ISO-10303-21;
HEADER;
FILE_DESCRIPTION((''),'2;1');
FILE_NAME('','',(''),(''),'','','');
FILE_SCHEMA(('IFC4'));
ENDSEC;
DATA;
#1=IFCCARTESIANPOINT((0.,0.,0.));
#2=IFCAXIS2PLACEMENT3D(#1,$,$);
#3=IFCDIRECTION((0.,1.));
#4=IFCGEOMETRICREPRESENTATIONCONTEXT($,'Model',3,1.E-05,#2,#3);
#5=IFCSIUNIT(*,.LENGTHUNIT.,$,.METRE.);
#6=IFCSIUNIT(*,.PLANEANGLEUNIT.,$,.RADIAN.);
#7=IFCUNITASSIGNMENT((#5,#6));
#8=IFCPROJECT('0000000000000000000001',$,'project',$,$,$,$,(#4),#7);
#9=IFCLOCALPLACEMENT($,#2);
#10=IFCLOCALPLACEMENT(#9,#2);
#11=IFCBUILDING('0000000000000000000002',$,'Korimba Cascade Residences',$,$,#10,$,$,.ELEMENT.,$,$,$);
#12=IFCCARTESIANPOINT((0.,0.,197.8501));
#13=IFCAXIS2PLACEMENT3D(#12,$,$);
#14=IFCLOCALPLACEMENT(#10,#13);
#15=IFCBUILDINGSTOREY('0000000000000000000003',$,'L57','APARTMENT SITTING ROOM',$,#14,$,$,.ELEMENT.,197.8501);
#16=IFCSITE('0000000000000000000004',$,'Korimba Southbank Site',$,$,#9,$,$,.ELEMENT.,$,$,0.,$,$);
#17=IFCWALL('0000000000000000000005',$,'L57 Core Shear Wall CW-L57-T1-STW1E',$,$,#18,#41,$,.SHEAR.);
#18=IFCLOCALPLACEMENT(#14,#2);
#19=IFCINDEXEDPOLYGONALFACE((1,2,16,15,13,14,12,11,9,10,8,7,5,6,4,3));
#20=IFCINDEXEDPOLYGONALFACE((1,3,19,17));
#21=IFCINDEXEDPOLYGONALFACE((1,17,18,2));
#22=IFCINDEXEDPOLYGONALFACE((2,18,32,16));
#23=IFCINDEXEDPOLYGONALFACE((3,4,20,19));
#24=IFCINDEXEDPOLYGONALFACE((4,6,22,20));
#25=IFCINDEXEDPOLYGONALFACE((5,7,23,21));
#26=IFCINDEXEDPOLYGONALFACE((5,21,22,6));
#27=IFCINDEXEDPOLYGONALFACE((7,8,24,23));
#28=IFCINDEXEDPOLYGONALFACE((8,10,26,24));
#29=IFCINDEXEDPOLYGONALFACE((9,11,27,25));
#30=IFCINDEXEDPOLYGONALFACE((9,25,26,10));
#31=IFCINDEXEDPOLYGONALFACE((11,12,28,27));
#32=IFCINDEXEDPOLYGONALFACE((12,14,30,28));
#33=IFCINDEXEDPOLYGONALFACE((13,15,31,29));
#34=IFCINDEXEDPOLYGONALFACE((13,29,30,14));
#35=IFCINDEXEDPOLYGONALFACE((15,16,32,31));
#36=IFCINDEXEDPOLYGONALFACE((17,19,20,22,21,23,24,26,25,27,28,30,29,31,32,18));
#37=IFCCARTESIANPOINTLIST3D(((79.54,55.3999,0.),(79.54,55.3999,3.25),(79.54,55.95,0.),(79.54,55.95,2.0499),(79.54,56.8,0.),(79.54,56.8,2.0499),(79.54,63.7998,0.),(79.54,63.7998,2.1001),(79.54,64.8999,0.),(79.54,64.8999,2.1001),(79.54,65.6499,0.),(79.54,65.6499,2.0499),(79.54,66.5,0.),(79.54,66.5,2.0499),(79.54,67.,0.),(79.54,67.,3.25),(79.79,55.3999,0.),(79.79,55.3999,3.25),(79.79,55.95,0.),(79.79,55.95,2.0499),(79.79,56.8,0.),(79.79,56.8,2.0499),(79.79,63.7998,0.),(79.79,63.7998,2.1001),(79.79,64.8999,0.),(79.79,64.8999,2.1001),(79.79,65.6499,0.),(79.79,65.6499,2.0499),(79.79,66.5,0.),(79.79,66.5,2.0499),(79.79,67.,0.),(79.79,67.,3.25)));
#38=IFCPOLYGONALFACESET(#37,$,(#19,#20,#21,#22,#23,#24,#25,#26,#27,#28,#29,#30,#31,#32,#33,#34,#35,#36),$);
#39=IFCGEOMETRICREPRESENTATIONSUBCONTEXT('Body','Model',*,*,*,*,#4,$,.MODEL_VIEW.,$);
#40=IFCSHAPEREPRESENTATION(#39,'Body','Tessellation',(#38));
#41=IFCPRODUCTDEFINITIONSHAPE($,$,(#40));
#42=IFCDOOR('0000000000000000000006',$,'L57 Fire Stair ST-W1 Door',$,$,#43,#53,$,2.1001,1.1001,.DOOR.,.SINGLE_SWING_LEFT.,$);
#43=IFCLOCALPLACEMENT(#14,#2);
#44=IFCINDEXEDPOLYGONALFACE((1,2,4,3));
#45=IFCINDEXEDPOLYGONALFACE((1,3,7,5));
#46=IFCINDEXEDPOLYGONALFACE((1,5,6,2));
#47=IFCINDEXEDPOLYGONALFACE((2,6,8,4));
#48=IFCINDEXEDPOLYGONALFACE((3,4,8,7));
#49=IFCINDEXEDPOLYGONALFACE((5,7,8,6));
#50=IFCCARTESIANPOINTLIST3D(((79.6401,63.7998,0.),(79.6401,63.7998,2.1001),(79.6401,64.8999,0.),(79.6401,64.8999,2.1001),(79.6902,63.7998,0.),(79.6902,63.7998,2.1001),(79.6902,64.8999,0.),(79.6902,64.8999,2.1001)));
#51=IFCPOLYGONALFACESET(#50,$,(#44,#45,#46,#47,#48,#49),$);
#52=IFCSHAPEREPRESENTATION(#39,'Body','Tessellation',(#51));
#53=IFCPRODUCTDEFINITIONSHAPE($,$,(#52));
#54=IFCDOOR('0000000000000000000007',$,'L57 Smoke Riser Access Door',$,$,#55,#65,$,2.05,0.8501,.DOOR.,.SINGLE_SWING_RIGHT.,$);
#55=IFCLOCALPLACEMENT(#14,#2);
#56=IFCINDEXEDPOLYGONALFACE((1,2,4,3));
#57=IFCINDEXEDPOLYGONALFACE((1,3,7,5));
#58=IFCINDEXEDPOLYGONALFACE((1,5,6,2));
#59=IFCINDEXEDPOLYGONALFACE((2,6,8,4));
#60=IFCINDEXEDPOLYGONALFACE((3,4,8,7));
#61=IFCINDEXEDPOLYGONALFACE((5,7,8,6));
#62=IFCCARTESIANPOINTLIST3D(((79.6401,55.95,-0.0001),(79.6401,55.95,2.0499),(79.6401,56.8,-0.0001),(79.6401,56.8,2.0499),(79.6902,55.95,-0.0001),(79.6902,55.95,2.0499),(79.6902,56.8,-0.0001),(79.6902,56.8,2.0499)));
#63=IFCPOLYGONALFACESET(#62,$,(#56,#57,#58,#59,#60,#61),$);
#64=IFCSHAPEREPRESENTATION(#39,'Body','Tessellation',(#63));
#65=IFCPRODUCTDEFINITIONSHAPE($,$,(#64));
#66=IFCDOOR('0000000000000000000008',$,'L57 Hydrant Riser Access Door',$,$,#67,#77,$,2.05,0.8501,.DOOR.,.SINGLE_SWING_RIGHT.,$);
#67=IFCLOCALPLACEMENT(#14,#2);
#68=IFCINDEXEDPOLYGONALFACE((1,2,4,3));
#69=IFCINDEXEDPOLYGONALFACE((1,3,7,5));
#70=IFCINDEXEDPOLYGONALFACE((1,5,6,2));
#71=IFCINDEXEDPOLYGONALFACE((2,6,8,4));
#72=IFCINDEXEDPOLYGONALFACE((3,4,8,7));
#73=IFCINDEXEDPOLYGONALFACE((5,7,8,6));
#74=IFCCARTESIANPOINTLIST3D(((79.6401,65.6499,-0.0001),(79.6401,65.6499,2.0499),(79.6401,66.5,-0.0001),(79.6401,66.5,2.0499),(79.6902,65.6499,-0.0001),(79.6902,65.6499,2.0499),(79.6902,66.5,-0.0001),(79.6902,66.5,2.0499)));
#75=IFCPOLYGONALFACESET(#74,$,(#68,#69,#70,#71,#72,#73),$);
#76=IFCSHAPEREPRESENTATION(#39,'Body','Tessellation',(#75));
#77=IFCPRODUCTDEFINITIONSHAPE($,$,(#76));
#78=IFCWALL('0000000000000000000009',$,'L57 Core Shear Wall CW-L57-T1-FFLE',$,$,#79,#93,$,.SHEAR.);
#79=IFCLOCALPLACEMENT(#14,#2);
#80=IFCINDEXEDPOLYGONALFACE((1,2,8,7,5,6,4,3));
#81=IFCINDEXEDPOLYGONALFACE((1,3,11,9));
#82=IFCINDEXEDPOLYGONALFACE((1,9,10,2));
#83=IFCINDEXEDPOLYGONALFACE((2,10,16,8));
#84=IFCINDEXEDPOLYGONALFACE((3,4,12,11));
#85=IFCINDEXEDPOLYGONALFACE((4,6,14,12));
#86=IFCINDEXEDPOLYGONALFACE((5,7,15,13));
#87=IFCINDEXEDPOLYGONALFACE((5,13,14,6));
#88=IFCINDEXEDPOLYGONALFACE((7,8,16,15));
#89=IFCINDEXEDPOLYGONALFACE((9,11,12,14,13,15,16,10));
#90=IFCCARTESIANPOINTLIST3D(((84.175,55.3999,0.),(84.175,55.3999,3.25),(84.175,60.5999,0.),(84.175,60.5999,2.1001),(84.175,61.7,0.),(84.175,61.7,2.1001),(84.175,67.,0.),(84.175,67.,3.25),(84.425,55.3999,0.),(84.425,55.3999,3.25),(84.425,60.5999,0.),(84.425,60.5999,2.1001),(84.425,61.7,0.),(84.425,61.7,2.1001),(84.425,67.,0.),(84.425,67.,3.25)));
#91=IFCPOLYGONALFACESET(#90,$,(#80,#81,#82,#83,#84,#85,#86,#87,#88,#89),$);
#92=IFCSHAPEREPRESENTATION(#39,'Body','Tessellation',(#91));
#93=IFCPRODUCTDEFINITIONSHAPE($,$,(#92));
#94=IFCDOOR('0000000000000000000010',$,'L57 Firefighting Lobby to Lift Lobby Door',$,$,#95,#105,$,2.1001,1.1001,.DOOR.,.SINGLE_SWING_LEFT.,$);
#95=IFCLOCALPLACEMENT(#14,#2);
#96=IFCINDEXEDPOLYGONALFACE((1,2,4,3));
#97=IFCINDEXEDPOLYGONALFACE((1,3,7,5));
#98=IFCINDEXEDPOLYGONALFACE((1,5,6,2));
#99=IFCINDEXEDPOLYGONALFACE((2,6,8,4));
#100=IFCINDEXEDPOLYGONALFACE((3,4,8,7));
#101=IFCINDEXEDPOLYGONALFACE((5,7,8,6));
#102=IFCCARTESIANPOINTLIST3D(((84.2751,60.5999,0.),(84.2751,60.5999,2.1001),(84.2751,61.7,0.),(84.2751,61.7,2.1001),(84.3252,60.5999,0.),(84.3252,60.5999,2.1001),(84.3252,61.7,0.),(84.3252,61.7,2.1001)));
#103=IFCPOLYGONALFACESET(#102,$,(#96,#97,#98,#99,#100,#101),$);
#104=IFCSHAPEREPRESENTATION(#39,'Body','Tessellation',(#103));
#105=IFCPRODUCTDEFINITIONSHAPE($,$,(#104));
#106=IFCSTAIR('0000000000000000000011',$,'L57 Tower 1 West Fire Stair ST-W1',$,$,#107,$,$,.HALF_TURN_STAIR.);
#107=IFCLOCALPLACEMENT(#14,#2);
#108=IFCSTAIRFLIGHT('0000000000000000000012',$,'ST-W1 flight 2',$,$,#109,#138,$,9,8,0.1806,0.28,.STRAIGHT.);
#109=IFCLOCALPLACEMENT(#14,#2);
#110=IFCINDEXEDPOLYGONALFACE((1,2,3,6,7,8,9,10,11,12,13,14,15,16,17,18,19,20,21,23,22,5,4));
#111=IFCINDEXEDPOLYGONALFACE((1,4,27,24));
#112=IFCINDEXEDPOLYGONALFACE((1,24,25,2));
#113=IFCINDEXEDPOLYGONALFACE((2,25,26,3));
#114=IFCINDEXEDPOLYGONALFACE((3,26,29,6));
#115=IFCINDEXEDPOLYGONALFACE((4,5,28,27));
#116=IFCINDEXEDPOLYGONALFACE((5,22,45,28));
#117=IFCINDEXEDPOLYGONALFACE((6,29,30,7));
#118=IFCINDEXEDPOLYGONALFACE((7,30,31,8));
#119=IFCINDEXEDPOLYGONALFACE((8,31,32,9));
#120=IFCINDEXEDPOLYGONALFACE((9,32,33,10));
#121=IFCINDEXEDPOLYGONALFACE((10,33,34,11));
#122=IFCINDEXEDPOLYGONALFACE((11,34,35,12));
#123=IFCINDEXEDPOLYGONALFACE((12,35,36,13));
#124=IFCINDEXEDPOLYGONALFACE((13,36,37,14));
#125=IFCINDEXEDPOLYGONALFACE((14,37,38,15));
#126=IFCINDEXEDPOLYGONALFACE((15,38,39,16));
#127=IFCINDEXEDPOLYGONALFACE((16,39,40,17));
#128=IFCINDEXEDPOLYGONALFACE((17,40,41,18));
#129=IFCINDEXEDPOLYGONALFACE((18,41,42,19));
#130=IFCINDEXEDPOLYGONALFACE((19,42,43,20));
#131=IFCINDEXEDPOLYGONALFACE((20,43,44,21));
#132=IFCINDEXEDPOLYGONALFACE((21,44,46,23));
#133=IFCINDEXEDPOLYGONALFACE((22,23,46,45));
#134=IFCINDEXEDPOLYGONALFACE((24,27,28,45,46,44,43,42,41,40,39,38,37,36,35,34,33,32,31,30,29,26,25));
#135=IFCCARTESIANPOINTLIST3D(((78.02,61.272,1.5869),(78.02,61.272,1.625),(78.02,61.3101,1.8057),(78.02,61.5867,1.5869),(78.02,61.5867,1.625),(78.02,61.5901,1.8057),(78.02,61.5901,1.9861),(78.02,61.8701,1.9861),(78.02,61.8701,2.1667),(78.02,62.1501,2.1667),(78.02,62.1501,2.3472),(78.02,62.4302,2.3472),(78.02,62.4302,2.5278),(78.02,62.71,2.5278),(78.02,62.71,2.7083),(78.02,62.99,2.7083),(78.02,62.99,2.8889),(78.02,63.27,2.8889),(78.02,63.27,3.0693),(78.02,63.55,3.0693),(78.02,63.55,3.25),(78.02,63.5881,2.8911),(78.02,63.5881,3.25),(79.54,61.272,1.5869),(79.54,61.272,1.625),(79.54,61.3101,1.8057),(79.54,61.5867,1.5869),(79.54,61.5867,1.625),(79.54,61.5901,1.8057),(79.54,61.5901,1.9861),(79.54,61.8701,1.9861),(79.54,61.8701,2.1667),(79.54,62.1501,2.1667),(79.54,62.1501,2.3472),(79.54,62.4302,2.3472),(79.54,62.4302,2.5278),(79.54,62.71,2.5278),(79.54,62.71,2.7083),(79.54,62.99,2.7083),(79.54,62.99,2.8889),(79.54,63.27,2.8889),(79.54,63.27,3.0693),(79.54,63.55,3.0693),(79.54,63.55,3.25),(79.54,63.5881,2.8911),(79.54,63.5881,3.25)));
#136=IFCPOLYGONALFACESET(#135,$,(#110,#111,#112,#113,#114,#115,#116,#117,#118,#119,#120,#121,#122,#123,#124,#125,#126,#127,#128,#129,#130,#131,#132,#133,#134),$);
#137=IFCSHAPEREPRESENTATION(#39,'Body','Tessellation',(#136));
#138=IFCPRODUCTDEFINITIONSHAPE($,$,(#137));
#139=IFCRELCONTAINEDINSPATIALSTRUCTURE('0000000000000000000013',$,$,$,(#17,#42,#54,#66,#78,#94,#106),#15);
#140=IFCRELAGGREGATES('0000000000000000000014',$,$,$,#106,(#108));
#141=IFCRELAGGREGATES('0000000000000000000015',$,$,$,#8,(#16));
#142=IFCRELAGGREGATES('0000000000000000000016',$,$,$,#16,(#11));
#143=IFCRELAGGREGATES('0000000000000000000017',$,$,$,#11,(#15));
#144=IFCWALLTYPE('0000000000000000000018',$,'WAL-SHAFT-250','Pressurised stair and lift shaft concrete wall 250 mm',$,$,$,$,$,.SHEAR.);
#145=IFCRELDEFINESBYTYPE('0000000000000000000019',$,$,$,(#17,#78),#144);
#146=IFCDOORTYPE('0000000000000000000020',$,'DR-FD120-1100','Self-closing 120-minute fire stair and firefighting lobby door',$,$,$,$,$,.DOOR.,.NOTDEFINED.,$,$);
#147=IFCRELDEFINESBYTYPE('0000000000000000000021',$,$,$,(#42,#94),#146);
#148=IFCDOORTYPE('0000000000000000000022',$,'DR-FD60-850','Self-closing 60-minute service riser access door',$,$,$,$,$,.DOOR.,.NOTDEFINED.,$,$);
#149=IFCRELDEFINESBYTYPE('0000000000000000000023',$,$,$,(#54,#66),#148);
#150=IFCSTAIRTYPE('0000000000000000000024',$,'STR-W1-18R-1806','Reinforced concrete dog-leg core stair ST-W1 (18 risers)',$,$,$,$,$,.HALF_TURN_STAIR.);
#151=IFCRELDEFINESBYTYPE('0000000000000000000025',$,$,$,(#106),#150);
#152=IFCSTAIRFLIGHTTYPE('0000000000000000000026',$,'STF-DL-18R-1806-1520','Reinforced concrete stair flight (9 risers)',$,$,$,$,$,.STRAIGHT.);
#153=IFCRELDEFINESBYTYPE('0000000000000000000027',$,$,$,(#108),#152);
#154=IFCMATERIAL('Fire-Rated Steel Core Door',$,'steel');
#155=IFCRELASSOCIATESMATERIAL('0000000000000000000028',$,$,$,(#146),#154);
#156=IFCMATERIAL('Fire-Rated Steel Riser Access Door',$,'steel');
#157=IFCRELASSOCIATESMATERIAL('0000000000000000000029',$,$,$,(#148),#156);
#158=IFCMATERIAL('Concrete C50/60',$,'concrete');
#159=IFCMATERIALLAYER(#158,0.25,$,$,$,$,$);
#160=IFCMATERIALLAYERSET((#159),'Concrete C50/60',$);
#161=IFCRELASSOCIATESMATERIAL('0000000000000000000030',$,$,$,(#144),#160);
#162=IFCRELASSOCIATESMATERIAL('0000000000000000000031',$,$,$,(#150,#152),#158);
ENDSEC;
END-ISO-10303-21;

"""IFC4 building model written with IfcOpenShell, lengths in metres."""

from ifc_helpers import new_model, si_unit, direction, frame, frame_2d, origin, place, context, subcontext, project, spatial, polyline, rectangle, outline, extrude, material, layer, layer_set, type_object, element, fill, aggregate, save


model = new_model("IFC4")

# Units and contexts
model_context = context("Model", 3, precision=1e-05, world=origin(), true_north=direction((0.0, 1.0)))
body_context = subcontext(model_context, "Body", "Model", "MODEL_VIEW")
ifc_project = project(units=[si_unit("LENGTHUNIT", "METRE"), si_unit("PLANEANGLEUNIT", "RADIAN")], contexts=[model_context])

# Site, building, storey
site_placement = place(None, origin())
site = spatial("IfcSite", under=ifc_project, at=site_placement, Name="Korimba Southbank Site", CompositionType="ELEMENT", RefElevation=0.0)
building_placement = place(site_placement, origin())
building = spatial("IfcBuilding", under=site, at=building_placement, Name="Korimba Cascade Residences", CompositionType="ELEMENT")
storey_placement = place(building_placement, frame((0.0, 0.0, 197.8501)))
storey = spatial("IfcBuildingStorey", under=building, at=storey_placement, Name="L57", Description="APARTMENT SITTING ROOM", CompositionType="ELEMENT", Elevation=197.8501)

# Shared definitions
ifc_material_1 = material(Name="Fire-Rated Steel Core Door", Category="steel")
door_type_1 = type_object("IfcDoorType", Name="DR-FD120-1100", Description="Self-closing 120-minute fire stair and firefighting lobby door", OperationType="NOTDEFINED", PredefinedType="DOOR", material=ifc_material_1)

# Wall, openings, doors
ifc_material_2 = material(Name="Fire-Rated Steel Riser Access Door", Category="steel")
door_type_2 = type_object("IfcDoorType", Name="DR-FD60-850", Description="Self-closing 60-minute service riser access door", OperationType="NOTDEFINED", PredefinedType="DOOR", material=ifc_material_2)
ifc_material_3 = material(Name="Concrete C50/60", Category="concrete")
ifc_layer_1 = layer(ifc_material_3, 0.25)
ifc_layer_set_1 = layer_set([ifc_layer_1], Name="Concrete C50/60")
wall_type_1 = type_object("IfcWallType", Name="WAL-SHAFT-250", Description="Pressurised stair and lift shaft concrete wall 250 mm", PredefinedType="SHEAR", material=ifc_layer_set_1)
wall_1_placement = place(storey_placement, frame((79.665, 55.3999, 0.0), z_axis=(0.0, 0.0, 1.0), x_axis=(0.0, 1.0, 0.0)))
wall_1 = element("IfcWall", 1, at=wall_1_placement, inside=storey, type_object=wall_type_1, Name="L57 Core Shear Wall CW-L57-T1-STW1E", PredefinedType="SHEAR", context=body_context, shape_type="SweptSolid", body=[
    extrude(rectangle(XDim=11.6001, YDim=0.25, at=frame_2d((5.8, 0.0))), origin(), (0.0, 0.0, 1.0), 3.25),
])
opening_1_placement = place(wall_1_placement, frame((0.55, 0.0, 0.0)))
opening_1 = element("IfcOpeningElement", 2, at=opening_1_placement, cuts=wall_1, PredefinedType="OPENING", context=body_context, shape_type="SweptSolid", body=[
    extrude(rectangle(XDim=0.8501, YDim=2.05, at=frame_2d((0.425, 1.0249))), frame((0.0, 0.135, 0.0), z_axis=(0.0, -1.0, 0.0), x_axis=(1.0, 0.0, 0.0)), (0.0, 0.0, 1.0), 0.27),
])
opening_2_placement = place(wall_1_placement, frame((8.3999, 0.0, 0.0)))
opening_2 = element("IfcOpeningElement", 3, at=opening_2_placement, cuts=wall_1, PredefinedType="OPENING", context=body_context, shape_type="SweptSolid", body=[
    extrude(rectangle(XDim=1.1001, YDim=2.1001, at=frame_2d((0.55, 1.05))), frame((0.0, 0.135, 0.0), z_axis=(0.0, -1.0, 0.0), x_axis=(1.0, 0.0, 0.0)), (0.0, 0.0, 1.0), 0.27),
])
opening_3_placement = place(wall_1_placement, frame((10.25, 0.0, 0.0)))
opening_3 = element("IfcOpeningElement", 4, at=opening_3_placement, cuts=wall_1, PredefinedType="OPENING", context=body_context, shape_type="SweptSolid", body=[
    extrude(rectangle(XDim=0.8501, YDim=2.05, at=frame_2d((0.425, 1.0249))), frame((0.0, 0.135, 0.0), z_axis=(0.0, -1.0, 0.0), x_axis=(1.0, 0.0, 0.0)), (0.0, 0.0, 1.0), 0.27),
])
door_1_placement = place(opening_2_placement, origin())
door_1 = element("IfcDoor", 5, at=door_1_placement, inside=storey, type_object=door_type_1, Name="L57 Fire Stair ST-W1 Door", OperationType="SINGLE_SWING_LEFT", OverallHeight=2.1001, OverallWidth=1.1001, PredefinedType="DOOR", context=body_context, shape_type="SweptSolid", body=[
    extrude(rectangle(XDim=1.1001, YDim=2.1001, at=frame_2d((0.55, 1.05))), frame((0.0, 0.0249, 0.0), z_axis=(0.0, -1.0, 0.0), x_axis=(1.0, 0.0, 0.0)), (0.0, 0.0, 1.0), 0.05),
])
fill(opening_2, door_1)
door_2_placement = place(opening_1_placement, origin())
door_2 = element("IfcDoor", 6, at=door_2_placement, inside=storey, type_object=door_type_2, Name="L57 Smoke Riser Access Door", OperationType="SINGLE_SWING_RIGHT", OverallHeight=2.05, OverallWidth=0.8501, PredefinedType="DOOR", context=body_context, shape_type="SweptSolid", body=[
    extrude(rectangle(XDim=0.8501, YDim=2.05, at=frame_2d((0.425, 1.0249))), frame((0.0, 0.0249, 0.0), z_axis=(0.0, -1.0, 0.0), x_axis=(1.0, 0.0, 0.0)), (0.0, 0.0, 1.0), 0.05),
])
fill(opening_1, door_2)
door_3_placement = place(opening_3_placement, origin())
door_3 = element("IfcDoor", 7, at=door_3_placement, inside=storey, type_object=door_type_2, Name="L57 Hydrant Riser Access Door", OperationType="SINGLE_SWING_RIGHT", OverallHeight=2.05, OverallWidth=0.8501, PredefinedType="DOOR", context=body_context, shape_type="SweptSolid", body=[
    extrude(rectangle(XDim=0.8501, YDim=2.05, at=frame_2d((0.425, 1.0249))), frame((0.0, 0.0249, 0.0), z_axis=(0.0, -1.0, 0.0), x_axis=(1.0, 0.0, 0.0)), (0.0, 0.0, 1.0), 0.05),
])
fill(opening_3, door_3)

# Wall, opening, door
wall_2_placement = place(storey_placement, frame((84.3, 55.3999, 0.0), z_axis=(0.0, 0.0, 1.0), x_axis=(0.0, 1.0, 0.0)))
wall_2 = element("IfcWall", 8, at=wall_2_placement, inside=storey, type_object=wall_type_1, Name="L57 Core Shear Wall CW-L57-T1-FFLE", PredefinedType="SHEAR", context=body_context, shape_type="SweptSolid", body=[
    extrude(rectangle(XDim=11.6001, YDim=0.25, at=frame_2d((5.8, 0.0))), origin(), (0.0, 0.0, 1.0), 3.25),
])
opening_4_placement = place(wall_2_placement, frame((5.2, 0.0, 0.0)))
opening_4 = element("IfcOpeningElement", 9, at=opening_4_placement, cuts=wall_2, PredefinedType="OPENING", context=body_context, shape_type="SweptSolid", body=[
    extrude(rectangle(XDim=1.1001, YDim=2.1001, at=frame_2d((0.55, 1.05))), frame((0.0, 0.135, 0.0), z_axis=(0.0, -1.0, 0.0), x_axis=(1.0, 0.0, 0.0)), (0.0, 0.0, 1.0), 0.27),
])
door_4_placement = place(opening_4_placement, origin())
door_4 = element("IfcDoor", 10, at=door_4_placement, inside=storey, type_object=door_type_1, Name="L57 Firefighting Lobby to Lift Lobby Door", OperationType="SINGLE_SWING_LEFT", OverallHeight=2.1001, OverallWidth=1.1001, PredefinedType="DOOR", context=body_context, shape_type="SweptSolid", body=[
    extrude(rectangle(XDim=1.1001, YDim=2.1001, at=frame_2d((0.55, 1.05))), frame((0.0, 0.0249, 0.0), z_axis=(0.0, -1.0, 0.0), x_axis=(1.0, 0.0, 0.0)), (0.0, 0.0, 1.0), 0.05),
])
fill(opening_4, door_4)

# Stair, stair flight
stair_type = type_object("IfcStairType", Name="STR-W1-18R-1806", Description="Reinforced concrete dog-leg core stair ST-W1 (18 risers)", PredefinedType="HALF_TURN_STAIR", material=ifc_material_3)
stair_placement = place(storey_placement, origin())
stair = element("IfcStair", 11, at=stair_placement, inside=storey, type_object=stair_type, Name="L57 Tower 1 West Fire Stair ST-W1", PredefinedType="HALF_TURN_STAIR")
stair_flight_type = type_object("IfcStairFlightType", Name="STF-DL-18R-1806-1520", Description="Reinforced concrete stair flight (9 risers)", PredefinedType="STRAIGHT", material=ifc_material_3)
stair_flight_placement = place(storey_placement, frame((78.78, 61.3101, 1.625), z_axis=(0.0, 0.0, 1.0), x_axis=(0.0, 1.0, 0.0)))
stair_flight = element("IfcStairFlight", 12, at=stair_flight_placement, type_object=stair_flight_type, Name="ST-W1 flight 2", NumberOfRisers=9, NumberOfTreads=8, PredefinedType="STRAIGHT", RiserHeight=0.1806, TreadLength=0.28, context=body_context, shape_type="SweptSolid", body=[
    extrude(outline(polyline([(-0.0381, 0.0), (0.0, 0.1807), (0.28, 0.1807), (0.28, 0.3611), (0.5601, 0.3611), (0.5601, 0.5417), (0.8401, 0.5417), (0.8401, 0.7222), (1.1201, 0.7222), (1.1201, 0.9028), (1.3999, 0.9028), (1.3999, 1.0833), (1.6799, 1.0833), (1.6799, 1.2639), (1.96, 1.2639), (1.96, 1.4443), (2.24, 1.4443), (2.24, 1.625), (2.2781, 1.625), (2.2781, 1.2661), (0.2766, 0.0), (0.2766, -0.0381), (-0.0381, -0.0381), (-0.0381, 0.0)])), frame((0.0, 0.76, 0.0), z_axis=(0.0, -1.0, 0.0), x_axis=(1.0, 0.0, 0.0)), (0.0, 0.0, 1.0), 1.52),
])
aggregate(stair, [stair_flight])

save(model, "model.ifc")
